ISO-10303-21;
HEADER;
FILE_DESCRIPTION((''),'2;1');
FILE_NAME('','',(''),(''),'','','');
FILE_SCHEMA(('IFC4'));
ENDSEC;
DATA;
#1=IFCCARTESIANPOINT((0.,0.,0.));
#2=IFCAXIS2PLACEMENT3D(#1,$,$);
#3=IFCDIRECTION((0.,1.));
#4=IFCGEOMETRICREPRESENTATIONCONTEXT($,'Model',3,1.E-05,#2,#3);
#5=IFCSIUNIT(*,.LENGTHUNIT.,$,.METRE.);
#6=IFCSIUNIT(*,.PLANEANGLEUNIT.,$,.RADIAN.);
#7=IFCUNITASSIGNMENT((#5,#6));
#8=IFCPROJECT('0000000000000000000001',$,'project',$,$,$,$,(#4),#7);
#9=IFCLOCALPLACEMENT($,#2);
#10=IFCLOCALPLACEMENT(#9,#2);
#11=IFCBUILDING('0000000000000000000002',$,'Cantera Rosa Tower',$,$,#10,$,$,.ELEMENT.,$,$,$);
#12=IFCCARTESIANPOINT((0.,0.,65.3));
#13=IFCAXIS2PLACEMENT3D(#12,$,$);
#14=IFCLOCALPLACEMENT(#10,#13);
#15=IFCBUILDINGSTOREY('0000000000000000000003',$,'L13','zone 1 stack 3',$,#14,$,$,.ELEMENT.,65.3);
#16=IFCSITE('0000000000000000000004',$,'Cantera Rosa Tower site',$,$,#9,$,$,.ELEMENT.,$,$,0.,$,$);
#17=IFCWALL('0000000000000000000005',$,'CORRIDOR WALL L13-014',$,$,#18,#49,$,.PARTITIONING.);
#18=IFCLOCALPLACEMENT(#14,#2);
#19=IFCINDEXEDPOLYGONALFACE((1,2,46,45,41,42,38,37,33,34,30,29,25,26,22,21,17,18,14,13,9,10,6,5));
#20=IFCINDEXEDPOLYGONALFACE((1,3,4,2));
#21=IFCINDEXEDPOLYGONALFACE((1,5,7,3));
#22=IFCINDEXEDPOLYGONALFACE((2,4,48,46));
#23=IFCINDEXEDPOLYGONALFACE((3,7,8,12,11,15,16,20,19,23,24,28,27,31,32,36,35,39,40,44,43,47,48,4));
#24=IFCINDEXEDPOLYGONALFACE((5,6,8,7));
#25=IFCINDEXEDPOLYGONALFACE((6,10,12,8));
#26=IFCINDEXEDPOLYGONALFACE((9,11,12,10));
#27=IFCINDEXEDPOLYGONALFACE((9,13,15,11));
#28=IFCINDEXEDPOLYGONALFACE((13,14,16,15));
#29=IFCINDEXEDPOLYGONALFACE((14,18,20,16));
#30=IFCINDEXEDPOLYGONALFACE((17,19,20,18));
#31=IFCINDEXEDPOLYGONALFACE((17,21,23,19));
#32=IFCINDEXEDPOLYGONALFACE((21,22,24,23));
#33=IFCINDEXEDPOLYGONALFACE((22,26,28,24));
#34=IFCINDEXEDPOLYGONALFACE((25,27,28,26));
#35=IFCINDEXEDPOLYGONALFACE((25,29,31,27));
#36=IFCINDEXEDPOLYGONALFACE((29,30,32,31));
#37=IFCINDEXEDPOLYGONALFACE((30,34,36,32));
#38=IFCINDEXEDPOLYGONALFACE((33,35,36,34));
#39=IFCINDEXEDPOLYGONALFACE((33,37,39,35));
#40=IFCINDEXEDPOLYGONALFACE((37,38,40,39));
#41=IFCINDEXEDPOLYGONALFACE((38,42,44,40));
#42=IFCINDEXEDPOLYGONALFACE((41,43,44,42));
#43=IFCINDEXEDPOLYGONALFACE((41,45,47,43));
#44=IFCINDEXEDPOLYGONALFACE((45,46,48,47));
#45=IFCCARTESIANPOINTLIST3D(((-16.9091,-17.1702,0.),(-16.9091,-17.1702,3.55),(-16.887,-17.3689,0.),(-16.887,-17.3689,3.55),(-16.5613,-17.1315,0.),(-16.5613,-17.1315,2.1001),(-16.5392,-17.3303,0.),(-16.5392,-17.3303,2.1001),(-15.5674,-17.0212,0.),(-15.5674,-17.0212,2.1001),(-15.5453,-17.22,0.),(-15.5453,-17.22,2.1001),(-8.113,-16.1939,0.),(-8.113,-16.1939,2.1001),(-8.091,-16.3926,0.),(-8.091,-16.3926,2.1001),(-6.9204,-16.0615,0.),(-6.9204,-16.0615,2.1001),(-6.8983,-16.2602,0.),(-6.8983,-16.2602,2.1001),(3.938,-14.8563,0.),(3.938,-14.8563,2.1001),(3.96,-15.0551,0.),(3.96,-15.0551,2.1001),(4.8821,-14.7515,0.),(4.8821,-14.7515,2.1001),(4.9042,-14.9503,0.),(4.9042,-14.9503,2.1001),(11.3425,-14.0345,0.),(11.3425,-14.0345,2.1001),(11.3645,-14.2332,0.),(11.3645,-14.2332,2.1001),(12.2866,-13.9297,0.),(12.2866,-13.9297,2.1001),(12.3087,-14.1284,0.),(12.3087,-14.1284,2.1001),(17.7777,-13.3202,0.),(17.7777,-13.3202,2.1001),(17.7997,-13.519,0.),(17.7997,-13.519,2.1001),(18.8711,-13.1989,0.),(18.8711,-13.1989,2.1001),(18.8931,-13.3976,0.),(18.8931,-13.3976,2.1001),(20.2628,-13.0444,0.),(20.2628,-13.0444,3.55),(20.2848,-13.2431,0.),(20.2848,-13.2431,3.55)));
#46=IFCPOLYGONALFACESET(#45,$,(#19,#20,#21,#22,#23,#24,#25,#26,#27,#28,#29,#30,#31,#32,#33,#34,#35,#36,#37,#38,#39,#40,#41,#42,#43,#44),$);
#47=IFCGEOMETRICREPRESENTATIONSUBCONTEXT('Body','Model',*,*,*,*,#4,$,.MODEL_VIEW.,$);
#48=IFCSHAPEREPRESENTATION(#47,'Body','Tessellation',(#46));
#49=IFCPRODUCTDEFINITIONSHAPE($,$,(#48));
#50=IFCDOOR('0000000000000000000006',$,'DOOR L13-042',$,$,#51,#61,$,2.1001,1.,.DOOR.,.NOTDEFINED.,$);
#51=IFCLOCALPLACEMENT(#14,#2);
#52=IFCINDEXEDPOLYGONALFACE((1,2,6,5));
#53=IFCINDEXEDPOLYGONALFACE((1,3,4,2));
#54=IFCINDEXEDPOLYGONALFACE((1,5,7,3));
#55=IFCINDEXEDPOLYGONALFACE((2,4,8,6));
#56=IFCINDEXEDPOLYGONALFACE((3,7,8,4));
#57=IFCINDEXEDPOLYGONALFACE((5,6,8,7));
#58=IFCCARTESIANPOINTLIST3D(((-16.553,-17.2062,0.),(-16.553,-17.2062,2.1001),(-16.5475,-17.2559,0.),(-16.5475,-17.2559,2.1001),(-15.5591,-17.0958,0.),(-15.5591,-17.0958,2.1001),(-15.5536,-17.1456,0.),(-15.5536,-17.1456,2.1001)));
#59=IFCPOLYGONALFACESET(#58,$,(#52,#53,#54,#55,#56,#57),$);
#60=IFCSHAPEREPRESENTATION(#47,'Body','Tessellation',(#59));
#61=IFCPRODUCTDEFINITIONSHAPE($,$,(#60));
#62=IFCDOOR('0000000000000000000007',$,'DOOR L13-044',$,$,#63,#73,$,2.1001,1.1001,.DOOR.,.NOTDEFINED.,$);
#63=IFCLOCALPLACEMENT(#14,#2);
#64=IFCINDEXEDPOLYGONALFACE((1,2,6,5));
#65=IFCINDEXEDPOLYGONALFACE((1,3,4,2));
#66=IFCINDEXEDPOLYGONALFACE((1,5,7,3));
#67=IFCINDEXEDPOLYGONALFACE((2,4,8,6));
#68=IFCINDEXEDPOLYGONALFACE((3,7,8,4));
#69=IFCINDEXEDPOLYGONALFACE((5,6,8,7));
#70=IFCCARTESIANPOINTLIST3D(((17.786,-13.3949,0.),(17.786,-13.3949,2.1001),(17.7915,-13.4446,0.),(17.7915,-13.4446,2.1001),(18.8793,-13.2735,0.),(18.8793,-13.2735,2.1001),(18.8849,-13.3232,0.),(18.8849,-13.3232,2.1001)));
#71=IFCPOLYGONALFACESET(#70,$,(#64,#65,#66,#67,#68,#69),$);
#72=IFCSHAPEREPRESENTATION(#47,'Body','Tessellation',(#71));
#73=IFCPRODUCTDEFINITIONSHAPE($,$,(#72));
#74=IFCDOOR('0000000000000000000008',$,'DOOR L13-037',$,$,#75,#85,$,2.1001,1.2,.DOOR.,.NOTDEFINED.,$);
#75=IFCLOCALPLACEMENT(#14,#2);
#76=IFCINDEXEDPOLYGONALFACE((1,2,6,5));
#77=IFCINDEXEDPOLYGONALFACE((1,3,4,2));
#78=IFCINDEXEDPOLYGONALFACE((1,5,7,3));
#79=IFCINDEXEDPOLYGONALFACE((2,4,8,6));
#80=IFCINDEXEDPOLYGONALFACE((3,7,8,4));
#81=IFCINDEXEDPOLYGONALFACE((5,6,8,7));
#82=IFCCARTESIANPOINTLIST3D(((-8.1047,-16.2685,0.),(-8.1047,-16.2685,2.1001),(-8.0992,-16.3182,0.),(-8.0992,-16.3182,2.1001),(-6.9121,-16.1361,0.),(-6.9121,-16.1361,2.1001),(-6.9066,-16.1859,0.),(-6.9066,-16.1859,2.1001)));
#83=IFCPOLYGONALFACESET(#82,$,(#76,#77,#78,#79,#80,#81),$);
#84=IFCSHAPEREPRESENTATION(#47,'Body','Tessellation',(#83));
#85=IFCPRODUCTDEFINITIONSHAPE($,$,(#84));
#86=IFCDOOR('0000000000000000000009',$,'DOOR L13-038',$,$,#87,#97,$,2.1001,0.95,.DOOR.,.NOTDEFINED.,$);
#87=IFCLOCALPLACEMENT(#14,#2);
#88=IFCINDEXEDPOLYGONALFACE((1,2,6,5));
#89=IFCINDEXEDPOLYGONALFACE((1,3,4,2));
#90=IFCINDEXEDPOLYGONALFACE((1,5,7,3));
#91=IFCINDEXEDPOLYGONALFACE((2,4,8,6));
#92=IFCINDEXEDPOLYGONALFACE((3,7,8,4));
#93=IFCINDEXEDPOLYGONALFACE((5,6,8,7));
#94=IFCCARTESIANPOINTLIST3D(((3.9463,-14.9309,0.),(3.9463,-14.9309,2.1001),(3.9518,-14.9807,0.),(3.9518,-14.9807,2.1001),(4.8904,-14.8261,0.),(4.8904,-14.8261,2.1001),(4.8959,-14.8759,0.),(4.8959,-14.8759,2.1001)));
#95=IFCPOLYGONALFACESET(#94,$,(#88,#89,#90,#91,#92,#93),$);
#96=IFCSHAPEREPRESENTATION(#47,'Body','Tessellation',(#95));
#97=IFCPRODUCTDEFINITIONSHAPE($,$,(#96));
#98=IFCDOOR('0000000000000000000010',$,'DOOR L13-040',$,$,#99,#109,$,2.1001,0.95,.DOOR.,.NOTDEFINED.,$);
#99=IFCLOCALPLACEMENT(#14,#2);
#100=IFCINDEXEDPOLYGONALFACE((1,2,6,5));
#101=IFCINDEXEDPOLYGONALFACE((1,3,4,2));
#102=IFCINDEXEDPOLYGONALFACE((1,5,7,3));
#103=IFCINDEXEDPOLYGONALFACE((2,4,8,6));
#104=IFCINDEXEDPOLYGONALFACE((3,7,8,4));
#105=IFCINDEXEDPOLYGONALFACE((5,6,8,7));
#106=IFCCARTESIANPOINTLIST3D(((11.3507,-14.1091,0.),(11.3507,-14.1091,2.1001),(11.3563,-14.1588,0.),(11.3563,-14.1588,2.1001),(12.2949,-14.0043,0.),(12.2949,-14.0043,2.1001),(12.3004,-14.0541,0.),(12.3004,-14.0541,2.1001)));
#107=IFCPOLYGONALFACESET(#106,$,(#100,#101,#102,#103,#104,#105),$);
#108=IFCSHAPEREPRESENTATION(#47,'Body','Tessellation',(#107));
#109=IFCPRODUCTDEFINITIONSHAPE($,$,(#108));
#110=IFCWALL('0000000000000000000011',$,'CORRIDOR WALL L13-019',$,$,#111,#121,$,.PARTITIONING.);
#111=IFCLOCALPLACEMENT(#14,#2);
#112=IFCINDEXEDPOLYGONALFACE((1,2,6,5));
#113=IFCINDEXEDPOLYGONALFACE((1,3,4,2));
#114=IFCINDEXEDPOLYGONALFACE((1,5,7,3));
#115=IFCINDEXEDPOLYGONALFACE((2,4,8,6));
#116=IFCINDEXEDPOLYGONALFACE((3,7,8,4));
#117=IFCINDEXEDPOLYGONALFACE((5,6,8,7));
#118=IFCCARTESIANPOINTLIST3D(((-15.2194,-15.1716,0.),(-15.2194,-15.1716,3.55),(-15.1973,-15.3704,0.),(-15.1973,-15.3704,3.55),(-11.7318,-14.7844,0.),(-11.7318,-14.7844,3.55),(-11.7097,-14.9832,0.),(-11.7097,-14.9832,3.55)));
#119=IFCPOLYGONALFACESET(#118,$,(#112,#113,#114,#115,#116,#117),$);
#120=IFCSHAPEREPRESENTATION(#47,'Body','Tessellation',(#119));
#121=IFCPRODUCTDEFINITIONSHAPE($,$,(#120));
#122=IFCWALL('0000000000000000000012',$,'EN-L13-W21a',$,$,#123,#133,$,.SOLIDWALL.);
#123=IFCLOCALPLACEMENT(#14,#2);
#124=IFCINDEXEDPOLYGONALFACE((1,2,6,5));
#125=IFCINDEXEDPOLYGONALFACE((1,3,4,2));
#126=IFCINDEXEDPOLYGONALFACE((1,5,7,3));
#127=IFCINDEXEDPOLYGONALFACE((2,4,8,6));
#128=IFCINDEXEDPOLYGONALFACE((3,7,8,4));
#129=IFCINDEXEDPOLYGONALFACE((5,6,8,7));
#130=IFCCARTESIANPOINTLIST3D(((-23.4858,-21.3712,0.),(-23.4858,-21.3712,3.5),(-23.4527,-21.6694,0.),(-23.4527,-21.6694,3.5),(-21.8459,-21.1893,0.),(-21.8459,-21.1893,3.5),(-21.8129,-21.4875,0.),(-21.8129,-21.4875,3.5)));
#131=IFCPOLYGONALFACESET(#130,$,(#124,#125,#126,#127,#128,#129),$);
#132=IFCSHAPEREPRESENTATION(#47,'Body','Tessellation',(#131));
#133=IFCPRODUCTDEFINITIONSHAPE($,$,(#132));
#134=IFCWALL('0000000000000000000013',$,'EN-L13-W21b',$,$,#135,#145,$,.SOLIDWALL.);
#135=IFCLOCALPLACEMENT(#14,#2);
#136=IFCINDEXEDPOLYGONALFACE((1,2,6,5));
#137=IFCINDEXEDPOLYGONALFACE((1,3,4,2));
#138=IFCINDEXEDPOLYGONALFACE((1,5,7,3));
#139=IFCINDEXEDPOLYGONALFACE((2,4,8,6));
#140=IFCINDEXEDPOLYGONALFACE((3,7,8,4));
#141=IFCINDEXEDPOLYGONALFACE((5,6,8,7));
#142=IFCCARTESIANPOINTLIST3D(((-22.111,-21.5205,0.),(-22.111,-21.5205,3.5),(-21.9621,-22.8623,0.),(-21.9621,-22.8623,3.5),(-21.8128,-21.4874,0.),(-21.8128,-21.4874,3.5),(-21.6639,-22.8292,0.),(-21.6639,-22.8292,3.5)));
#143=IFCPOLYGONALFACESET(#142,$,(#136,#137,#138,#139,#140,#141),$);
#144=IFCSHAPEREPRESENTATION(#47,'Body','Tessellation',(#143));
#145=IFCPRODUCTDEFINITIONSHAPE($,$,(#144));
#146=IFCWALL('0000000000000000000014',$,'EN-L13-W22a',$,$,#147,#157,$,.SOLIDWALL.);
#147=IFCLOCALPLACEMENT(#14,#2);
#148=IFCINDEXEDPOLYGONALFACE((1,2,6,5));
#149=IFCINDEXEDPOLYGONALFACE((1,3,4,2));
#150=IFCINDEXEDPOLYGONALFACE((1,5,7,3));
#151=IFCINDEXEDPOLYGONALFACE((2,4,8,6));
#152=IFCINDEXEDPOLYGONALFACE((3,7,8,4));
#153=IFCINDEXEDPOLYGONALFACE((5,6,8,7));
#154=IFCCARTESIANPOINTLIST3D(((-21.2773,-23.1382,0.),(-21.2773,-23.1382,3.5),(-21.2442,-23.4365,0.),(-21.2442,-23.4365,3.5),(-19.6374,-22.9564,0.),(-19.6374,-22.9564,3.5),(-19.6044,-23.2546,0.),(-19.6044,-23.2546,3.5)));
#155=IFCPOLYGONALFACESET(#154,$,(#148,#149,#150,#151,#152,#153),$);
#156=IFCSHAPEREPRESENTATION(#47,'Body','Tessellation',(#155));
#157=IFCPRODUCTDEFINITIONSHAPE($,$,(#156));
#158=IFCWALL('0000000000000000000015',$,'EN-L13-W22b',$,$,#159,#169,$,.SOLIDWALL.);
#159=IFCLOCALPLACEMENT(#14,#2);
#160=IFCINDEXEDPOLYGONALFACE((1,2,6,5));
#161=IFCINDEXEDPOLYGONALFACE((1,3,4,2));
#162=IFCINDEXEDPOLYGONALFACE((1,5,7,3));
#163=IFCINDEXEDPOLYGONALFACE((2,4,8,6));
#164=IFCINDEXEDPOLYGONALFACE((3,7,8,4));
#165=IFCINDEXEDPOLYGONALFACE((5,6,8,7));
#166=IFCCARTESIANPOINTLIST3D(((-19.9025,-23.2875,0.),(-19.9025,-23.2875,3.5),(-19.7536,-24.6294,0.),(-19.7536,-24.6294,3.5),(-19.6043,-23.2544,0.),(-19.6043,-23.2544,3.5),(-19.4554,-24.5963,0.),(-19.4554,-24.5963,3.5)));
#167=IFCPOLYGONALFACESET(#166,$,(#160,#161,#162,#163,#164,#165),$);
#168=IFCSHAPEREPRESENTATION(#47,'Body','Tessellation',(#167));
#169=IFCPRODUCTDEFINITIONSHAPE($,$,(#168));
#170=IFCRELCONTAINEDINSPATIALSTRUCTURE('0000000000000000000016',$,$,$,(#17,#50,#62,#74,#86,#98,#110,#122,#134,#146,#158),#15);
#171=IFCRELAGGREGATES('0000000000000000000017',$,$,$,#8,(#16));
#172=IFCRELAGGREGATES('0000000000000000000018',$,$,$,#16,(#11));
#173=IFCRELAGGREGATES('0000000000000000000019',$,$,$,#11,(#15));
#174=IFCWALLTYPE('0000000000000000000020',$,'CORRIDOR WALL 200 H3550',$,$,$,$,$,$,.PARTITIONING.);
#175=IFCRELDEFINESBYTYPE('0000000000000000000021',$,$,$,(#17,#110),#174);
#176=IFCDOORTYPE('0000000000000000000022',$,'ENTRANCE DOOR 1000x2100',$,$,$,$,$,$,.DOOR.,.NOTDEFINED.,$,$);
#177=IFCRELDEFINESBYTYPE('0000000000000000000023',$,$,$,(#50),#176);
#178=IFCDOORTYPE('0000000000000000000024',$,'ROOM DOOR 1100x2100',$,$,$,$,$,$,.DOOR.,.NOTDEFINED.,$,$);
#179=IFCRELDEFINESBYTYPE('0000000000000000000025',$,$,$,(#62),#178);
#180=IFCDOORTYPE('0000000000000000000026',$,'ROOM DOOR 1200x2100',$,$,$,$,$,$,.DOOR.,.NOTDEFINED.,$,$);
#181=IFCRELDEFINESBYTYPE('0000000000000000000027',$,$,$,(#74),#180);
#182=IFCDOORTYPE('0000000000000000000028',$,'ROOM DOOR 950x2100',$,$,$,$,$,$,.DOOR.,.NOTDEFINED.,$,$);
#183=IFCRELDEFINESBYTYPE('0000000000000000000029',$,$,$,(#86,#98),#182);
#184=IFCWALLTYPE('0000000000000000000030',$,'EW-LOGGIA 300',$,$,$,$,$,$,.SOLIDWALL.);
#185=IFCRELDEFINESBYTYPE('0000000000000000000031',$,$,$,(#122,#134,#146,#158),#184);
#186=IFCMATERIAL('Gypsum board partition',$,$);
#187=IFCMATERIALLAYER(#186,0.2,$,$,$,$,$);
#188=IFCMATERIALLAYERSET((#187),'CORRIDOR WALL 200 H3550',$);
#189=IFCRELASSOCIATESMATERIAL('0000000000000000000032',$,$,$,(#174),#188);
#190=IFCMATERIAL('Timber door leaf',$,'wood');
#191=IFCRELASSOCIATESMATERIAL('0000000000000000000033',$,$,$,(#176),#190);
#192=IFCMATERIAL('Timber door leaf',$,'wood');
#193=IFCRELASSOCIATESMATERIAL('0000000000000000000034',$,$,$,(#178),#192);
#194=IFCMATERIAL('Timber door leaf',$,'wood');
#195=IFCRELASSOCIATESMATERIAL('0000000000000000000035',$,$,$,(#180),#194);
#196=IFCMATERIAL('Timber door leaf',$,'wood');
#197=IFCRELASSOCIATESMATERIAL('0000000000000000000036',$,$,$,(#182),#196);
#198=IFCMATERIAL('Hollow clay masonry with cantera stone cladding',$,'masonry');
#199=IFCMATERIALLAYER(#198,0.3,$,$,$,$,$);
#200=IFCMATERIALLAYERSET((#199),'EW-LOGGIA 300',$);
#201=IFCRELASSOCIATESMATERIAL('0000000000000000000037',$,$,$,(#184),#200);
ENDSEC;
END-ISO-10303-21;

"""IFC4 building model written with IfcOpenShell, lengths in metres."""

from ifc_helpers import new_model, si_unit, direction, frame, frame_2d, origin, place, context, subcontext, project, spatial, rectangle, extrude, material, layer, layer_set, type_object, element, fill, save


model = new_model("IFC4")

# Units and contexts
model_context = context("Model", 3, precision=1e-05, world=origin(), true_north=direction((0.0, 1.0)))
body_context = subcontext(model_context, "Body", "Model", "MODEL_VIEW")
ifc_project = project(units=[si_unit("LENGTHUNIT", "METRE"), si_unit("PLANEANGLEUNIT", "RADIAN")], contexts=[model_context])

# Site, building, storey
site_placement = place(None, origin())
site = spatial("IfcSite", under=ifc_project, at=site_placement, Name="Cantera Rosa Tower site", CompositionType="ELEMENT", RefElevation=0.0)
building_placement = place(site_placement, origin())
building = spatial("IfcBuilding", under=site, at=building_placement, Name="Cantera Rosa Tower", CompositionType="ELEMENT")
storey_placement = place(building_placement, frame((0.0, 0.0, 65.3)))
storey = spatial("IfcBuildingStorey", under=building, at=storey_placement, Name="L13", Description="zone 1 stack 3", CompositionType="ELEMENT", Elevation=65.3)

# Wall, openings, doors
ifc_material_1 = material(Name="Gypsum board partition")
ifc_layer_1 = layer(ifc_material_1, 0.2)
ifc_layer_set_1 = layer_set([ifc_layer_1], Name="CORRIDOR WALL 200 H3550")
wall_type_1 = type_object("IfcWallType", Name="CORRIDOR WALL 200 H3550", PredefinedType="PARTITIONING", material=ifc_layer_set_1)
wall_1_placement = place(storey_placement, frame((-16.8982, -17.2695, 0.0), z_axis=(0.0, 0.0, 1.0), x_axis=(0.993897, 0.110313, 0.0)))
wall_1 = element("IfcWall", 1, at=wall_1_placement, inside=storey, type_object=wall_type_1, Name="CORRIDOR WALL L13-014", PredefinedType="PARTITIONING", context=body_context, shape_type="SweptSolid", body=[
    extrude(rectangle(XDim=37.4001, YDim=0.2, at=frame_2d((18.7002, 0.0))), origin(), (0.0, 0.0, 1.0), 3.55),
])
opening_1_placement = place(wall_1_placement, frame((8.8501, 0.0, 0.0)))
opening_1 = element("IfcOpeningElement", 2, at=opening_1_placement, cuts=wall_1, PredefinedType="OPENING", context=body_context, shape_type="SweptSolid", body=[
    extrude(rectangle(XDim=1.2, YDim=2.1001, at=frame_2d((0.6001, 1.05))), frame((0.0, 0.1099, 0.0), z_axis=(0.0, -1.0, 0.0), x_axis=(1.0, 0.0, 0.0)), (0.0, 0.0, 1.0), 0.22),
])
opening_2_placement = place(wall_1_placement, frame((20.9751, 0.0, 0.0)))
opening_2 = element("IfcOpeningElement", 3, at=opening_2_placement, cuts=wall_1, PredefinedType="OPENING", context=body_context, shape_type="SweptSolid", body=[
    extrude(rectangle(XDim=0.95, YDim=2.1001, at=frame_2d((0.4751, 1.05))), frame((0.0, 0.1099, 0.0), z_axis=(0.0, -1.0, 0.0), x_axis=(1.0, 0.0, 0.0)), (0.0, 0.0, 1.0), 0.22),
])
opening_3_placement = place(wall_1_placement, frame((28.425, 0.0, 0.0)))
opening_3 = element("IfcOpeningElement", 4, at=opening_3_placement, cuts=wall_1, PredefinedType="OPENING", context=body_context, shape_type="SweptSolid", body=[
    extrude(rectangle(XDim=0.95, YDim=2.1001, at=frame_2d((0.4751, 1.05))), frame((0.0, 0.1099, 0.0), z_axis=(0.0, -1.0, 0.0), x_axis=(1.0, 0.0, 0.0)), (0.0, 0.0, 1.0), 0.22),
])
opening_4_placement = place(wall_1_placement, frame((0.3501, 0.0, 0.0)))
opening_4 = element("IfcOpeningElement", 5, at=opening_4_placement, cuts=wall_1, PredefinedType="OPENING", context=body_context, shape_type="SweptSolid", body=[
    extrude(rectangle(XDim=1.0, YDim=2.1001, at=frame_2d((0.5, 1.05))), frame((0.0, 0.1099, 0.0), z_axis=(0.0, -1.0, 0.0), x_axis=(1.0, 0.0, 0.0)), (0.0, 0.0, 1.0), 0.22),
])
opening_5_placement = place(wall_1_placement, frame((34.8999, 0.0, 0.0)))
opening_5 = element("IfcOpeningElement", 6, at=opening_5_placement, cuts=wall_1, PredefinedType="OPENING", context=body_context, shape_type="SweptSolid", body=[
    extrude(rectangle(XDim=1.1001, YDim=2.1001, at=frame_2d((0.55, 1.05))), frame((0.0, 0.1099, 0.0), z_axis=(0.0, -1.0, 0.0), x_axis=(1.0, 0.0, 0.0)), (0.0, 0.0, 1.0), 0.22),
])
ifc_material_2 = material(Name="Timber door leaf", Category="wood")
door_type_1 = type_object("IfcDoorType", Name="ENTRANCE DOOR 1000x2100", OperationType="NOTDEFINED", PredefinedType="DOOR", material=ifc_material_2)
door_1_placement = place(opening_4_placement, origin())
door_1 = element("IfcDoor", 7, at=door_1_placement, inside=storey, type_object=door_type_1, Name="DOOR L13-042", OperationType="NOTDEFINED", OverallHeight=2.1001, OverallWidth=1.0, PredefinedType="DOOR", context=body_context, shape_type="SweptSolid", body=[
    extrude(rectangle(XDim=1.0, YDim=2.1001, at=frame_2d((0.5, 1.05))), frame((0.0, 0.0249, 0.0), z_axis=(0.0, -1.0, 0.0), x_axis=(1.0, 0.0, 0.0)), (0.0, 0.0, 1.0), 0.05),
])
fill(opening_4, door_1)
ifc_material_3 = material(Name="Timber door leaf", Category="wood")
door_type_2 = type_object("IfcDoorType", Name="ROOM DOOR 1100x2100", OperationType="NOTDEFINED", PredefinedType="DOOR", material=ifc_material_3)
door_2_placement = place(opening_5_placement, origin())
door_2 = element("IfcDoor", 8, at=door_2_placement, inside=storey, type_object=door_type_2, Name="DOOR L13-044", OperationType="NOTDEFINED", OverallHeight=2.1001, OverallWidth=1.1001, PredefinedType="DOOR", context=body_context, shape_type="SweptSolid", body=[
    extrude(rectangle(XDim=1.1001, YDim=2.1001, at=frame_2d((0.55, 1.05))), frame((0.0, 0.0249, 0.0), z_axis=(0.0, -1.0, 0.0), x_axis=(1.0, 0.0, 0.0)), (0.0, 0.0, 1.0), 0.05),
])
fill(opening_5, door_2)
ifc_material_4 = material(Name="Timber door leaf", Category="wood")
door_type_3 = type_object("IfcDoorType", Name="ROOM DOOR 1200x2100", OperationType="NOTDEFINED", PredefinedType="DOOR", material=ifc_material_4)
door_3_placement = place(opening_1_placement, origin())
door_3 = element("IfcDoor", 9, at=door_3_placement, inside=storey, type_object=door_type_3, Name="DOOR L13-037", OperationType="NOTDEFINED", OverallHeight=2.1001, OverallWidth=1.2, PredefinedType="DOOR", context=body_context, shape_type="SweptSolid", body=[
    extrude(rectangle(XDim=1.2, YDim=2.1001, at=frame_2d((0.6001, 1.05))), frame((0.0, 0.0249, 0.0), z_axis=(0.0, -1.0, 0.0), x_axis=(1.0, 0.0, 0.0)), (0.0, 0.0, 1.0), 0.05),
])
fill(opening_1, door_3)
ifc_material_5 = material(Name="Timber door leaf", Category="wood")
door_type_4 = type_object("IfcDoorType", Name="ROOM DOOR 950x2100", OperationType="NOTDEFINED", PredefinedType="DOOR", material=ifc_material_5)
door_4_placement = place(opening_2_placement, origin())
door_4 = element("IfcDoor", 10, at=door_4_placement, inside=storey, type_object=door_type_4, Name="DOOR L13-038", OperationType="NOTDEFINED", OverallHeight=2.1001, OverallWidth=0.95, PredefinedType="DOOR", context=body_context, shape_type="SweptSolid", body=[
    extrude(rectangle(XDim=0.95, YDim=2.1001, at=frame_2d((0.4751, 1.05))), frame((0.0, 0.0249, 0.0), z_axis=(0.0, -1.0, 0.0), x_axis=(1.0, 0.0, 0.0)), (0.0, 0.0, 1.0), 0.05),
])
fill(opening_2, door_4)
door_5_placement = place(opening_3_placement, origin())
door_5 = element("IfcDoor", 11, at=door_5_placement, inside=storey, type_object=door_type_4, Name="DOOR L13-040", OperationType="NOTDEFINED", OverallHeight=2.1001, OverallWidth=0.95, PredefinedType="DOOR", context=body_context, shape_type="SweptSolid", body=[
    extrude(rectangle(XDim=0.95, YDim=2.1001, at=frame_2d((0.4751, 1.05))), frame((0.0, 0.0249, 0.0), z_axis=(0.0, -1.0, 0.0), x_axis=(1.0, 0.0, 0.0)), (0.0, 0.0, 1.0), 0.05),
])
fill(opening_3, door_5)

# Walls
wall_2_placement = place(storey_placement, frame((-15.2083, -15.271, 0.0), z_axis=(0.0, 0.0, 1.0), x_axis=(0.993893, 0.110348, 0.0)))
element("IfcWall", 12, at=wall_2_placement, inside=storey, type_object=wall_type_1, Name="CORRIDOR WALL L13-019", PredefinedType="PARTITIONING", context=body_context, shape_type="SweptSolid", body=[
    extrude(rectangle(XDim=3.509, YDim=0.2, at=frame_2d((1.7544, 0.0))), origin(), (0.0, 0.0, 1.0), 3.55),
])
ifc_material_6 = material(Name="Hollow clay masonry with cantera stone cladding", Category="masonry")
ifc_layer_2 = layer(ifc_material_6, 0.3)
ifc_layer_set_2 = layer_set([ifc_layer_2], Name="EW-LOGGIA 300")
wall_type_2 = type_object("IfcWallType", Name="EW-LOGGIA 300", PredefinedType="SOLIDWALL", material=ifc_layer_set_2)
wall_3_placement = place(storey_placement, frame((-23.4692, -21.5203, 0.0), z_axis=(0.0, 0.0, 1.0), x_axis=(0.993905, 0.110237, 0.0)))
element("IfcWall", 13, at=wall_3_placement, inside=storey, type_object=wall_type_2, Name="EN-L13-W21a", PredefinedType="SOLIDWALL", context=body_context, shape_type="SweptSolid", body=[
    extrude(rectangle(XDim=1.6499, YDim=0.3, at=frame_2d((0.825, 0.0))), origin(), (0.0, 0.0, 1.0), 3.5),
])
wall_4_placement = place(storey_placement, frame((-21.9619, -21.5039, 0.0), z_axis=(0.0, 0.0, 1.0), x_axis=(0.110312, -0.993897, 0.0)))
element("IfcWall", 14, at=wall_4_placement, inside=storey, type_object=wall_type_2, Name="EN-L13-W21b", PredefinedType="SOLIDWALL", context=body_context, shape_type="SweptSolid", body=[
    extrude(rectangle(XDim=1.3501, YDim=0.3, at=frame_2d((0.675, 0.0))), origin(), (0.0, 0.0, 1.0), 3.5),
])
wall_5_placement = place(storey_placement, frame((-21.2607, -23.2874, 0.0), z_axis=(0.0, 0.0, 1.0), x_axis=(0.993905, 0.110237, 0.0)))
element("IfcWall", 15, at=wall_5_placement, inside=storey, type_object=wall_type_2, Name="EN-L13-W22a", PredefinedType="SOLIDWALL", context=body_context, shape_type="SweptSolid", body=[
    extrude(rectangle(XDim=1.6499, YDim=0.3, at=frame_2d((0.825, 0.0))), origin(), (0.0, 0.0, 1.0), 3.5),
])
wall_6_placement = place(storey_placement, frame((-19.7534, -23.271, 0.0), z_axis=(0.0, 0.0, 1.0), x_axis=(0.110312, -0.993897, 0.0)))
element("IfcWall", 16, at=wall_6_placement, inside=storey, type_object=wall_type_2, Name="EN-L13-W22b", PredefinedType="SOLIDWALL", context=body_context, shape_type="SweptSolid", body=[
    extrude(rectangle(XDim=1.3501, YDim=0.3, at=frame_2d((0.675, 0.0))), origin(), (0.0, 0.0, 1.0), 3.5),
])

save(model, "model.ifc")
